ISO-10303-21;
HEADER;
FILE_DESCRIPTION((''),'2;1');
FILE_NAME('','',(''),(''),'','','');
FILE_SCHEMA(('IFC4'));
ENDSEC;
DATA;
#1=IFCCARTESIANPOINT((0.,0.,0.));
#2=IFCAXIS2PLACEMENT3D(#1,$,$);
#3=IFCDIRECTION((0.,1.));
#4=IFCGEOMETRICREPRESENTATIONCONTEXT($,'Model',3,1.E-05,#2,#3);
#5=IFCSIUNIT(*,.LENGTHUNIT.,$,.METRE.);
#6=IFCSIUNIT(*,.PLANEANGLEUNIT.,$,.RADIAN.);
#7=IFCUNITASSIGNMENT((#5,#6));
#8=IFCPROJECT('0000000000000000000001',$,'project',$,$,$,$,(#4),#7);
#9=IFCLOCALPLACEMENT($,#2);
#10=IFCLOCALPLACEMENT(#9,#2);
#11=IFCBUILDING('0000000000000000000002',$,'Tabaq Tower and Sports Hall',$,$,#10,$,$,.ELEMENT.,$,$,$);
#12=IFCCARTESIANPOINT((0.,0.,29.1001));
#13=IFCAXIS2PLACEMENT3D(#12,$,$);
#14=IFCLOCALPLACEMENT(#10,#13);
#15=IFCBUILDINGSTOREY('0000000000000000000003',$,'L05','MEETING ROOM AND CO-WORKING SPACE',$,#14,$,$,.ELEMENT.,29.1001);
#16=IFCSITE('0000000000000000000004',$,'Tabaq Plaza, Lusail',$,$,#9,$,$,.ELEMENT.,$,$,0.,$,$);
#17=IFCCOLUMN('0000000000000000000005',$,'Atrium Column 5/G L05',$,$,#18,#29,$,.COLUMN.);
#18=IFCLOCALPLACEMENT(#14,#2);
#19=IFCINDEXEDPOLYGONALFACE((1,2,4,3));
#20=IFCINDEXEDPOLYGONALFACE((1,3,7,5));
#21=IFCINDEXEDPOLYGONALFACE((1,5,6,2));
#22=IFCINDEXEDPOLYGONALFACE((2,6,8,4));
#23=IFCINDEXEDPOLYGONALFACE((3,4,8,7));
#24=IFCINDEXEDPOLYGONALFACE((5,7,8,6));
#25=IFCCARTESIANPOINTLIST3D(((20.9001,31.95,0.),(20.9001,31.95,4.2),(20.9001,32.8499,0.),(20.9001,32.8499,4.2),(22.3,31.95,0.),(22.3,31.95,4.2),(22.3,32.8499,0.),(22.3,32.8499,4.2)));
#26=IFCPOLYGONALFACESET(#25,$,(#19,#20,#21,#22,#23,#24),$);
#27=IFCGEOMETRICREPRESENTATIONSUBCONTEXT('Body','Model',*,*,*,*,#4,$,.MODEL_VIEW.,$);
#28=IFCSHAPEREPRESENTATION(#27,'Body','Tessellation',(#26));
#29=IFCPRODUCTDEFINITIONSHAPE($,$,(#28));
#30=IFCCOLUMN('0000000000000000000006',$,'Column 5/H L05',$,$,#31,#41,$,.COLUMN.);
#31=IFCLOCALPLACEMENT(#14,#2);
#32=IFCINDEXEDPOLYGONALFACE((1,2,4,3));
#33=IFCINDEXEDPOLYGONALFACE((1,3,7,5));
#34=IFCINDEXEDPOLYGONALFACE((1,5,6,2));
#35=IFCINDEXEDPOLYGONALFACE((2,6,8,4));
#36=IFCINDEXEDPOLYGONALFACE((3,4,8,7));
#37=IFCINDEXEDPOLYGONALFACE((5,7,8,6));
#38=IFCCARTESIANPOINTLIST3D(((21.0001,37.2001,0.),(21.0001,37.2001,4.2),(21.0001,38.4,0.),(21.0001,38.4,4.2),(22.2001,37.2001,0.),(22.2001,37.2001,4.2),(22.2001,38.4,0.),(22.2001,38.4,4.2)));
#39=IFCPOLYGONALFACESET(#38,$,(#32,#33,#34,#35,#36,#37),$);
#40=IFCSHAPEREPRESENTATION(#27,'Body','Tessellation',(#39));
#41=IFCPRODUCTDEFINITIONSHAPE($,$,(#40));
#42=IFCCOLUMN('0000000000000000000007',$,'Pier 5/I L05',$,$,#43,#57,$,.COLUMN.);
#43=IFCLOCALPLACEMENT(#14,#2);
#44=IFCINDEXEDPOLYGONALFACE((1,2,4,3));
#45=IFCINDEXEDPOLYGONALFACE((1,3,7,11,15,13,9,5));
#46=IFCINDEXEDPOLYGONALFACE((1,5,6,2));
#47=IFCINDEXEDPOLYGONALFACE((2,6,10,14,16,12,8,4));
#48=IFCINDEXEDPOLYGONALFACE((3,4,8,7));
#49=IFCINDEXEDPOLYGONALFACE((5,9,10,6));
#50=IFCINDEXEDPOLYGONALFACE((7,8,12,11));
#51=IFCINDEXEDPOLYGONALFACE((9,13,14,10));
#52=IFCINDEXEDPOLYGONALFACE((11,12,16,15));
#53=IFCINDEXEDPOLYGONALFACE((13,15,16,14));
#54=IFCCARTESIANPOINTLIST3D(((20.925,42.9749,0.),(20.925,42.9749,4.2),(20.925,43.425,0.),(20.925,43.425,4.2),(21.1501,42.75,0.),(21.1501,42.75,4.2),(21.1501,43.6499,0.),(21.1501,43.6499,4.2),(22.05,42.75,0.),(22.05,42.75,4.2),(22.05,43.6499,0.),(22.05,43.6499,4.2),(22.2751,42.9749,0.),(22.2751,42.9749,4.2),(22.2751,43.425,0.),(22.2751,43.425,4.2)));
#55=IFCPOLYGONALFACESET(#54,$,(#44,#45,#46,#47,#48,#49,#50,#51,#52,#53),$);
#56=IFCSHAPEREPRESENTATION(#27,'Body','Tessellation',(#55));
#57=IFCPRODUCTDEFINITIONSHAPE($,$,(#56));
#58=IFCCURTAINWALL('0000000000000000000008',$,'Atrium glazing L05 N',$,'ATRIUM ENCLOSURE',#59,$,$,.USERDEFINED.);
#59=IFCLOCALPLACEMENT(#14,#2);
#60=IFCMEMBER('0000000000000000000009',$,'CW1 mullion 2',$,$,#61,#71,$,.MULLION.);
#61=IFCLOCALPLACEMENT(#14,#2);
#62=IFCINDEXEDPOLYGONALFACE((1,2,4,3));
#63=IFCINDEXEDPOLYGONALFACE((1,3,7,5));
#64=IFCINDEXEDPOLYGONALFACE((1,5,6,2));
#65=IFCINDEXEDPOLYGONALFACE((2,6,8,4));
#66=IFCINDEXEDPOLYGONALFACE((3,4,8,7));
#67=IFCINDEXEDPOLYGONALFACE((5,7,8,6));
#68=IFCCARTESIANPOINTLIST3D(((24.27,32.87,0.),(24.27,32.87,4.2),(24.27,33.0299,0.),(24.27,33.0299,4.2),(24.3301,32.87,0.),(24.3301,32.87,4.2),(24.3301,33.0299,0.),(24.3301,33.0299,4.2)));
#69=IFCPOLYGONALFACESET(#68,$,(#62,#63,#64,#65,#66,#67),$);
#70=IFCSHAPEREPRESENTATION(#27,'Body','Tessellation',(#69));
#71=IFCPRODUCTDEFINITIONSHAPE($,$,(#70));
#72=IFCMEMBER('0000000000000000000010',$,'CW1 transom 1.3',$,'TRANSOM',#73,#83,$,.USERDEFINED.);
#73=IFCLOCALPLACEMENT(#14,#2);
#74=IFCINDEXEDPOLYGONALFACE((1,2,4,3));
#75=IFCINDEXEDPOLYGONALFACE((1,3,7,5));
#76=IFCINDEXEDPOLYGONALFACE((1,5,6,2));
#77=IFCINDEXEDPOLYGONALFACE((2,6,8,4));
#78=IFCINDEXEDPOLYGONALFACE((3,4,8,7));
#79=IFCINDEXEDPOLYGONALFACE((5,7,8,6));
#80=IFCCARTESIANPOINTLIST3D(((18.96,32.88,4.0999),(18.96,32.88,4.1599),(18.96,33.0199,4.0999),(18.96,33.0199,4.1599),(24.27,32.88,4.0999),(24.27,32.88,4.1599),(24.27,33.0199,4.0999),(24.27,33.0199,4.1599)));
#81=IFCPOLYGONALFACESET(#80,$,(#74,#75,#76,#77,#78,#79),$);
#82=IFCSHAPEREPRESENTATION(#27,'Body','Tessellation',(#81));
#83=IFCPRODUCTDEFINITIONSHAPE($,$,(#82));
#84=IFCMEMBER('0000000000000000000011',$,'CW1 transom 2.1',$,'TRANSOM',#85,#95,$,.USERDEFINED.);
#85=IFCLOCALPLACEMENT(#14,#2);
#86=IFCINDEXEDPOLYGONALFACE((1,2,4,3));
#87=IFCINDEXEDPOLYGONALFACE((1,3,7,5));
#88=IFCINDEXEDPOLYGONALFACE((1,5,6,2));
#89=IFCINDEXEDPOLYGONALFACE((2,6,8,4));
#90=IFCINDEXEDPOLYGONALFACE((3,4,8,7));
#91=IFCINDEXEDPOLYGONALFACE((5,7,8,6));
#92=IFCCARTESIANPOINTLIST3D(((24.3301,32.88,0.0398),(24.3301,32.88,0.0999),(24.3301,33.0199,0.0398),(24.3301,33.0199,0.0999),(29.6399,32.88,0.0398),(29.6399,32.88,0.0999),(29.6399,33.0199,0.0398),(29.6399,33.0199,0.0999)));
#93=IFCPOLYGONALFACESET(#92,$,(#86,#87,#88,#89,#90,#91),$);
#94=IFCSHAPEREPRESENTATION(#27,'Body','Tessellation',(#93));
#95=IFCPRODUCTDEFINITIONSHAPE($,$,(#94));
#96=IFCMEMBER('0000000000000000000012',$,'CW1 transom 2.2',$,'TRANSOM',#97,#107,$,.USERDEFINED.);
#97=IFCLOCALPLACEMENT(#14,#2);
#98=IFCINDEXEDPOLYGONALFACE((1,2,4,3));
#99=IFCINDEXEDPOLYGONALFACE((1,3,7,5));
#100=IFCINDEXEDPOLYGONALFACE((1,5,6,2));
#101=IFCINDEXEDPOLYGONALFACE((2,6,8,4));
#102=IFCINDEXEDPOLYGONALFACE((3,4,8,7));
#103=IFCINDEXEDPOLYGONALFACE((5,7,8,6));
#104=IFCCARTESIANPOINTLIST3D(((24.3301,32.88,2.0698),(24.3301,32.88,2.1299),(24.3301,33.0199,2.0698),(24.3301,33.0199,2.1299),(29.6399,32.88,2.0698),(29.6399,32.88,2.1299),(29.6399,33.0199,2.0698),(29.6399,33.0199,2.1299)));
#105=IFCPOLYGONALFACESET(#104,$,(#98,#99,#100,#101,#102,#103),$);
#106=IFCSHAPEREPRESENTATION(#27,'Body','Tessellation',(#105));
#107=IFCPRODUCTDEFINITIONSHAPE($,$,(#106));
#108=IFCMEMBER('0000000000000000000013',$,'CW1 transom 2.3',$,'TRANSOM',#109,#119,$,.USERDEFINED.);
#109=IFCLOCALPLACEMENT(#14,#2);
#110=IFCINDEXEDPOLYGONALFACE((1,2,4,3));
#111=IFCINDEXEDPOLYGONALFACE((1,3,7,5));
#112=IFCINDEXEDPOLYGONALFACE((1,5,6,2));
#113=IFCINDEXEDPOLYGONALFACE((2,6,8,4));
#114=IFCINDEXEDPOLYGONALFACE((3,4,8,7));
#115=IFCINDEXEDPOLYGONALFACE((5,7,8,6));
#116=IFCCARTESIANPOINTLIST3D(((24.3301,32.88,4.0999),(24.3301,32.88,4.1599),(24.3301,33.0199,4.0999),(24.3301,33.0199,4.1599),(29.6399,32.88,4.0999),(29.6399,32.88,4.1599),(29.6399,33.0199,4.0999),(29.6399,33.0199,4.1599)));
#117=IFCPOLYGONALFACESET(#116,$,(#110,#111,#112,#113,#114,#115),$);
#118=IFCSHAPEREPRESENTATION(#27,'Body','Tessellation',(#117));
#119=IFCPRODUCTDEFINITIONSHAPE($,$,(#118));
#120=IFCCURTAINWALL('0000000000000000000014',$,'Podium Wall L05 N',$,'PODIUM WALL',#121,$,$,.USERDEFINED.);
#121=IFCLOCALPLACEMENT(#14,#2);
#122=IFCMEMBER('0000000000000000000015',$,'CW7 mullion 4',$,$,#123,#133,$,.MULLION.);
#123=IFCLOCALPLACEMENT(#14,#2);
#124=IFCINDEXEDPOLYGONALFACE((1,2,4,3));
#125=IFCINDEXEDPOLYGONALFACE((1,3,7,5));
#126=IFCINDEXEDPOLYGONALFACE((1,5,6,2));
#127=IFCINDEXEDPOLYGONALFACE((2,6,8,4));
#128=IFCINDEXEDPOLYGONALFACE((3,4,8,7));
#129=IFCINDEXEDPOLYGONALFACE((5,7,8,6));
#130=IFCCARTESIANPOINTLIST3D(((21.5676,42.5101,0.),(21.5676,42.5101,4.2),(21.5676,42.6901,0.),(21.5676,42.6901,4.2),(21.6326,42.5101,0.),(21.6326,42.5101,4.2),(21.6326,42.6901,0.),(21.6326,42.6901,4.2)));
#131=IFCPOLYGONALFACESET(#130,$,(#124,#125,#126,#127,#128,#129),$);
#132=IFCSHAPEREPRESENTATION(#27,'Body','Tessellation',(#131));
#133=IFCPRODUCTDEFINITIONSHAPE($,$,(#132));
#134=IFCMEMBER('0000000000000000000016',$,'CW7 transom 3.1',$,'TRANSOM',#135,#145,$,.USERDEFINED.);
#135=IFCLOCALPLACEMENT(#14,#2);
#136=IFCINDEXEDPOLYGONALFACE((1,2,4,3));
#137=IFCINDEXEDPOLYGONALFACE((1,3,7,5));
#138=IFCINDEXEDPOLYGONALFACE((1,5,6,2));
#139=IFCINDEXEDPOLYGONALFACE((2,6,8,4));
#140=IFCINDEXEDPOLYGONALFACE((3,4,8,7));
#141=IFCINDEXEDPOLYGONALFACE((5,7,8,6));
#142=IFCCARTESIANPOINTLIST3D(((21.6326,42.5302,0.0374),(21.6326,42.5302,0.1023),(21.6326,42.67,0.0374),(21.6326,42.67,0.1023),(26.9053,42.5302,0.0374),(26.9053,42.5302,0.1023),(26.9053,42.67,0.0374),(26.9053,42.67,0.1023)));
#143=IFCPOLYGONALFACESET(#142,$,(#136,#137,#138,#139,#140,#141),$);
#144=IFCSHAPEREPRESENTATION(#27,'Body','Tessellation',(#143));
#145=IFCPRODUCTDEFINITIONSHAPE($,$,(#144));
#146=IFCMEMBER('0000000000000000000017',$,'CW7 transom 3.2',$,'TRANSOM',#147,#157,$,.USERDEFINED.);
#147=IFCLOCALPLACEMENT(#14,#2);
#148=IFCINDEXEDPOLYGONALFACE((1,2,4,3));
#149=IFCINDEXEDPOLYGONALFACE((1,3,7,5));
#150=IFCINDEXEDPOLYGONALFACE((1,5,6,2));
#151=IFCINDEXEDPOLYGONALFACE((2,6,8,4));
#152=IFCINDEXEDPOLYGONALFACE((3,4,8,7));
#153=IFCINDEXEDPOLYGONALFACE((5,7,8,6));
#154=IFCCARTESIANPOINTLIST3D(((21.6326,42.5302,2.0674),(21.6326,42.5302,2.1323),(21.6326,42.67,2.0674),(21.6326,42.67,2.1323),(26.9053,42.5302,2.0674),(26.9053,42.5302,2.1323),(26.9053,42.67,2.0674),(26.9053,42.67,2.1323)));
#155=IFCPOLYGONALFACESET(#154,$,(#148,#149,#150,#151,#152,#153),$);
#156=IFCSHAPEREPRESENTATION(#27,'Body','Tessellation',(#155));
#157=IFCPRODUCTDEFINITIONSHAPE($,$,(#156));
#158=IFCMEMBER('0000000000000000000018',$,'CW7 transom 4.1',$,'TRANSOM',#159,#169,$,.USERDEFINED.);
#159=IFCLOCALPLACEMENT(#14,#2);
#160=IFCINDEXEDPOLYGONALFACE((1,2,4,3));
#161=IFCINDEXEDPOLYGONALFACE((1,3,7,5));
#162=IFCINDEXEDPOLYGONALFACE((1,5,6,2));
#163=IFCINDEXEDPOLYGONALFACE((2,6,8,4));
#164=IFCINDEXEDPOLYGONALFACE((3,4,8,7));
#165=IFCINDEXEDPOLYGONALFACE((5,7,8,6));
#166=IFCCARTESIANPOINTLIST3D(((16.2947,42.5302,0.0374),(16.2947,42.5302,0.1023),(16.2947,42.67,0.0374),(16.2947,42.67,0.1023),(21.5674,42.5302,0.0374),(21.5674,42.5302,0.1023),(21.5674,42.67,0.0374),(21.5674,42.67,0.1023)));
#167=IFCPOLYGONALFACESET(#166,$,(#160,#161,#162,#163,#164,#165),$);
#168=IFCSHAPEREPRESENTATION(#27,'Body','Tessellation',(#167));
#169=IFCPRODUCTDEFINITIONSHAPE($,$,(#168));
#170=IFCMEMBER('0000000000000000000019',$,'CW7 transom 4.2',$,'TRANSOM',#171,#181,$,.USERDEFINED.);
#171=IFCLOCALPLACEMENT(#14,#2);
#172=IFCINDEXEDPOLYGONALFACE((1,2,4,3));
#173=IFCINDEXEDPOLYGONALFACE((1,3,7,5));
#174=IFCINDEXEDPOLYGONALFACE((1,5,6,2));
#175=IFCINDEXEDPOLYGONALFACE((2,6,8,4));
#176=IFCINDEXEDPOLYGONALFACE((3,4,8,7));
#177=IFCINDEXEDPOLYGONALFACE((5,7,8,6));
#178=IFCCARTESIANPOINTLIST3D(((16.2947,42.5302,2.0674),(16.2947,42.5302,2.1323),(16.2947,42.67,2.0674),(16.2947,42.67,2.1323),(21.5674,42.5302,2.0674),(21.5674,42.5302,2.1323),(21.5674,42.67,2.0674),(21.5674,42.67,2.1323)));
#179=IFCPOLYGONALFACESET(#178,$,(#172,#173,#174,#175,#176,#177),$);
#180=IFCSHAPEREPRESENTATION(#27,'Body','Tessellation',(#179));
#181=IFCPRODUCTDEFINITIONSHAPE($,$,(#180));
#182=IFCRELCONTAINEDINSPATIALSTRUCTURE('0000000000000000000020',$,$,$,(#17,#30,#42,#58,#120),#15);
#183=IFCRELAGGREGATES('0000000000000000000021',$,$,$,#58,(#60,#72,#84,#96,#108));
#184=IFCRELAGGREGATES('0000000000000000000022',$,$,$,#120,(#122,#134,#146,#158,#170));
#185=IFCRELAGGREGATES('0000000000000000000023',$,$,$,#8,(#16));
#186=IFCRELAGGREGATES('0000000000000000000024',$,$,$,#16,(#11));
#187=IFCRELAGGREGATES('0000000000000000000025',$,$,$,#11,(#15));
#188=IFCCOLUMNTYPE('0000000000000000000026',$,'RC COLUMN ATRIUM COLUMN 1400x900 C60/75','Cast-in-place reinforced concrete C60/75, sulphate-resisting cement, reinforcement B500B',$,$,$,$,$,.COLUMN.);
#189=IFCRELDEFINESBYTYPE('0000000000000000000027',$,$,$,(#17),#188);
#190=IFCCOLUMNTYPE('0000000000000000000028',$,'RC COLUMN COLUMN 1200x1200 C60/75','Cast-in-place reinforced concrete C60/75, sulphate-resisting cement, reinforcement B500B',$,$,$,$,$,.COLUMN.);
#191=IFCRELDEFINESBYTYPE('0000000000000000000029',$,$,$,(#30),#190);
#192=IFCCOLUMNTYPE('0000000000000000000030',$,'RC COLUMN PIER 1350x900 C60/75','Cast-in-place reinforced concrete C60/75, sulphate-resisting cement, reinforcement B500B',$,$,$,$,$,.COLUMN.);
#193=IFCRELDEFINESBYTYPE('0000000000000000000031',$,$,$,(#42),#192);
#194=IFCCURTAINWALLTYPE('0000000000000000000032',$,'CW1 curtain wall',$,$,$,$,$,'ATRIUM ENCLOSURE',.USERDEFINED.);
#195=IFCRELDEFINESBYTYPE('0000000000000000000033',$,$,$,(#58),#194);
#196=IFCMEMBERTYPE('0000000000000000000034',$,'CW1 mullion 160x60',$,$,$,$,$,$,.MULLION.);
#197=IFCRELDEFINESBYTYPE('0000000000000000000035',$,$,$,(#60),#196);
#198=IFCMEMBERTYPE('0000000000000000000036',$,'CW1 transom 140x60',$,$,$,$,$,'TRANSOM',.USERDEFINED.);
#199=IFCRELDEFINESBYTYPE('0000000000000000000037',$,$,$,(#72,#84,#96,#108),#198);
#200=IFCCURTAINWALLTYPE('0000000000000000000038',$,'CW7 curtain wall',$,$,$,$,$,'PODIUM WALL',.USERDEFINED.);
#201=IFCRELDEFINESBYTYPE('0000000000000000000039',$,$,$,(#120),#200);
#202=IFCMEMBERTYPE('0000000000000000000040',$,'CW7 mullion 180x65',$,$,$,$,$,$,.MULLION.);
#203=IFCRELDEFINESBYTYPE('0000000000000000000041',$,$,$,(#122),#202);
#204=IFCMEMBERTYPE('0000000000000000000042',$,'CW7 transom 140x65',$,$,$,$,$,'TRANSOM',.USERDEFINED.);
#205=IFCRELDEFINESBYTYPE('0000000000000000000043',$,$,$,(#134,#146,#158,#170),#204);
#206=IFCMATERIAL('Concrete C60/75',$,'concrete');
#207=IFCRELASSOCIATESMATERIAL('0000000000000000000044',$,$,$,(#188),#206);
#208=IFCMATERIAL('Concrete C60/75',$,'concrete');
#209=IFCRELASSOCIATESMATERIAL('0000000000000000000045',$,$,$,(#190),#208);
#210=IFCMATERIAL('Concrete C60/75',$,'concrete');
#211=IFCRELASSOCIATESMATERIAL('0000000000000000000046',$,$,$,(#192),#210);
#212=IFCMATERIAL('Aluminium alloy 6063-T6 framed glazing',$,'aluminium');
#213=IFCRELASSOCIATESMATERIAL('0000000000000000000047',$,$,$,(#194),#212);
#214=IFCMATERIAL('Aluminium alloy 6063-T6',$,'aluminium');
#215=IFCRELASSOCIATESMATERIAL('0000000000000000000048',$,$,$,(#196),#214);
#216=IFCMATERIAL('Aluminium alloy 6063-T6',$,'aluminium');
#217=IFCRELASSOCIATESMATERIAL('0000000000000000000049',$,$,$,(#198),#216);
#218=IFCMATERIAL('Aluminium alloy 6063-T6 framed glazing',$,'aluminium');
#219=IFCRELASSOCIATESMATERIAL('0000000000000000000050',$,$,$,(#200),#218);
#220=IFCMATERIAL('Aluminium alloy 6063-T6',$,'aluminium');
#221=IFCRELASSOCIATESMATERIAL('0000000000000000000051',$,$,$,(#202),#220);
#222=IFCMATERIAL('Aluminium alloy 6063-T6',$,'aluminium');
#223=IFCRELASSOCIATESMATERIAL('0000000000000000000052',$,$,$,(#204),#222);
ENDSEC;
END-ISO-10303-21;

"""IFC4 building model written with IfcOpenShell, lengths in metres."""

from ifc_helpers import new_model, si_unit, direction, frame, origin, origin_2d, place, context, subcontext, project, spatial, polyline, rectangle, outline, extrude, material, material_profile, profile_set, type_object, element, aggregate, save


model = new_model("IFC4")

# Units and contexts
model_context = context("Model", 3, precision=1e-05, world=origin(), true_north=direction((0.0, 1.0)))
body_context = subcontext(model_context, "Body", "Model", "MODEL_VIEW")
ifc_project = project(units=[si_unit("LENGTHUNIT", "METRE"), si_unit("PLANEANGLEUNIT", "RADIAN")], contexts=[model_context])

# Site, building, storey
site_placement = place(None, origin())
site = spatial("IfcSite", under=ifc_project, at=site_placement, Name="Tabaq Plaza, Lusail", CompositionType="ELEMENT", RefElevation=0.0)
building_placement = place(site_placement, origin())
building = spatial("IfcBuilding", under=site, at=building_placement, Name="Tabaq Tower and Sports Hall", CompositionType="ELEMENT")
storey_placement = place(building_placement, frame((0.0, 0.0, 29.1001)))
storey = spatial("IfcBuildingStorey", under=building, at=storey_placement, Name="L05", Description="MEETING ROOM AND CO-WORKING SPACE", CompositionType="ELEMENT", Elevation=29.1001)

# Columns
ifc_material_1 = material(Name="Concrete C60/75", Category="concrete")
ifc_material_profile_1 = material_profile(ifc_material_1, rectangle(XDim=1.3999, YDim=0.8999, at=origin_2d()), Name="ATRIUM COLUMN 1400x900")
ifc_profile_set_1 = profile_set([ifc_material_profile_1], Name="Concrete C60/75")
column_type_1 = type_object("IfcColumnType", Name="RC COLUMN ATRIUM COLUMN 1400x900 C60/75", Description="Cast-in-place reinforced concrete C60/75, sulphate-resisting cement, reinforcement B500B", PredefinedType="COLUMN", material=ifc_profile_set_1)
column_1_placement = place(storey_placement, frame((21.6001, 32.3999, 0.0), z_axis=(0.0, 0.0, 1.0), x_axis=(1.0, 0.0, 0.0)))
element("IfcColumn", 1, at=column_1_placement, inside=storey, type_object=column_type_1, Name="Atrium Column 5/G L05", PredefinedType="COLUMN", context=body_context, shape_type="SweptSolid", body=[
    extrude(rectangle(XDim=1.3999, YDim=0.8999, at=origin_2d()), origin(), (0.0, 0.0, 1.0), 4.2),
])
ifc_material_2 = material(Name="Concrete C60/75", Category="concrete")
ifc_material_profile_2 = material_profile(ifc_material_2, rectangle(XDim=1.2, YDim=1.2, at=origin_2d()), Name="COLUMN 1200x1200")
ifc_profile_set_2 = profile_set([ifc_material_profile_2], Name="Concrete C60/75")
column_type_2 = type_object("IfcColumnType", Name="RC COLUMN COLUMN 1200x1200 C60/75", Description="Cast-in-place reinforced concrete C60/75, sulphate-resisting cement, reinforcement B500B", PredefinedType="COLUMN", material=ifc_profile_set_2)
column_2_placement = place(storey_placement, frame((21.6001, 37.8, 0.0), z_axis=(0.0, 0.0, 1.0), x_axis=(1.0, 0.0, 0.0)))
element("IfcColumn", 2, at=column_2_placement, inside=storey, type_object=column_type_2, Name="Column 5/H L05", PredefinedType="COLUMN", context=body_context, shape_type="SweptSolid", body=[
    extrude(rectangle(XDim=1.2, YDim=1.2, at=origin_2d()), origin(), (0.0, 0.0, 1.0), 4.2),
])
ifc_material_3 = material(Name="Concrete C60/75", Category="concrete")
ifc_material_profile_3 = material_profile(ifc_material_3, outline(polyline([(-0.45, -0.45), (0.45, -0.45), (0.675, -0.2251), (0.675, 0.2251), (0.45, 0.45), (-0.45, 0.45), (-0.675, 0.2251), (-0.675, -0.2251), (-0.45, -0.45)])), Name="PIER 1350x900")
ifc_profile_set_3 = profile_set([ifc_material_profile_3], Name="Concrete C60/75")
column_type_3 = type_object("IfcColumnType", Name="RC COLUMN PIER 1350x900 C60/75", Description="Cast-in-place reinforced concrete C60/75, sulphate-resisting cement, reinforcement B500B", PredefinedType="COLUMN", material=ifc_profile_set_3)
column_3_placement = place(storey_placement, frame((21.6001, 43.2, 0.0), z_axis=(0.0, 0.0, 1.0), x_axis=(1.0, 0.0, 0.0)))
element("IfcColumn", 3, at=column_3_placement, inside=storey, type_object=column_type_3, Name="Pier 5/I L05", PredefinedType="COLUMN", context=body_context, shape_type="SweptSolid", body=[
    extrude(outline(polyline([(-0.45, -0.45), (0.45, -0.45), (0.675, -0.2251), (0.675, 0.2251), (0.45, 0.45), (-0.45, 0.45), (-0.675, 0.2251), (-0.675, -0.2251), (-0.45, -0.45)])), origin(), (0.0, 0.0, 1.0), 4.2),
])

# Curtain walls, members
ifc_material_4 = material(Name="Aluminium alloy 6063-T6 framed glazing", Category="aluminium")
curtain_wall_type_1 = type_object("IfcCurtainWallType", Name="CW1 curtain wall", ElementType="ATRIUM ENCLOSURE", PredefinedType="USERDEFINED", material=ifc_material_4)
curtain_wall_1_placement = place(storey_placement, origin())
curtain_wall_1 = element("IfcCurtainWall", 4, at=curtain_wall_1_placement, inside=storey, type_object=curtain_wall_type_1, Name="Atrium glazing L05 N", ObjectType="ATRIUM ENCLOSURE", PredefinedType="USERDEFINED")
ifc_material_5 = material(Name="Aluminium alloy 6063-T6", Category="aluminium")
ifc_material_profile_4 = material_profile(ifc_material_5, rectangle(XDim=0.1599, YDim=0.0601, at=origin_2d()), Name="MULLION 160x60")
ifc_profile_set_4 = profile_set([ifc_material_profile_4], Name="Aluminium alloy 6063-T6")
member_type_1 = type_object("IfcMemberType", Name="CW1 mullion 160x60", PredefinedType="MULLION", material=ifc_profile_set_4)
member_1_placement = place(storey_placement, frame((24.3, 32.95, 0.0), z_axis=(0.0, 0.0, 1.0), x_axis=(0.0, 1.0, 0.0)))
member_1 = element("IfcMember", 5, at=member_1_placement, type_object=member_type_1, Name="CW1 mullion 2", PredefinedType="MULLION", context=body_context, shape_type="SweptSolid", body=[
    extrude(rectangle(XDim=0.1599, YDim=0.0601, at=origin_2d()), origin(), (0.0, 0.0, 1.0), 4.2),
])
ifc_material_6 = material(Name="Aluminium alloy 6063-T6", Category="aluminium")
ifc_material_profile_5 = material_profile(ifc_material_6, rectangle(XDim=0.1399, YDim=0.0601, at=origin_2d()), Name="TRANSOM 140x60")
ifc_profile_set_5 = profile_set([ifc_material_profile_5], Name="Aluminium alloy 6063-T6")
member_type_2 = type_object("IfcMemberType", Name="CW1 transom 140x60", ElementType="TRANSOM", PredefinedType="USERDEFINED", material=ifc_profile_set_5)
member_2_placement = place(storey_placement, frame((18.96, 32.95, 4.1299), z_axis=(1.0, 0.0, 0.0), x_axis=(0.0, 1.0, 0.0)))
member_2 = element("IfcMember", 6, at=member_2_placement, type_object=member_type_2, Name="CW1 transom 1.3", ObjectType="TRANSOM", PredefinedType="USERDEFINED", context=body_context, shape_type="SweptSolid", body=[
    extrude(rectangle(XDim=0.1399, YDim=0.0601, at=origin_2d()), origin(), (0.0, 0.0, 1.0), 5.3101),
])
member_3_placement = place(storey_placement, frame((24.3301, 32.95, 0.0698), z_axis=(1.0, 0.0, 0.0), x_axis=(0.0, 1.0, 0.0)))
member_3 = element("IfcMember", 7, at=member_3_placement, type_object=member_type_2, Name="CW1 transom 2.1", ObjectType="TRANSOM", PredefinedType="USERDEFINED", context=body_context, shape_type="SweptSolid", body=[
    extrude(rectangle(XDim=0.1399, YDim=0.0601, at=origin_2d()), origin(), (0.0, 0.0, 1.0), 5.3098),
])
member_4_placement = place(storey_placement, frame((24.3301, 32.95, 2.0999), z_axis=(1.0, 0.0, 0.0), x_axis=(0.0, 1.0, 0.0)))
member_4 = element("IfcMember", 8, at=member_4_placement, type_object=member_type_2, Name="CW1 transom 2.2", ObjectType="TRANSOM", PredefinedType="USERDEFINED", context=body_context, shape_type="SweptSolid", body=[
    extrude(rectangle(XDim=0.1399, YDim=0.0601, at=origin_2d()), origin(), (0.0, 0.0, 1.0), 5.3098),
])
member_5_placement = place(storey_placement, frame((24.3301, 32.95, 4.1299), z_axis=(1.0, 0.0, 0.0), x_axis=(0.0, 1.0, 0.0)))
member_5 = element("IfcMember", 9, at=member_5_placement, type_object=member_type_2, Name="CW1 transom 2.3", ObjectType="TRANSOM", PredefinedType="USERDEFINED", context=body_context, shape_type="SweptSolid", body=[
    extrude(rectangle(XDim=0.1399, YDim=0.0601, at=origin_2d()), origin(), (0.0, 0.0, 1.0), 5.3098),
])
ifc_material_7 = material(Name="Aluminium alloy 6063-T6 framed glazing", Category="aluminium")
curtain_wall_type_2 = type_object("IfcCurtainWallType", Name="CW7 curtain wall", ElementType="PODIUM WALL", PredefinedType="USERDEFINED", material=ifc_material_7)
curtain_wall_2_placement = place(storey_placement, origin())
curtain_wall_2 = element("IfcCurtainWall", 10, at=curtain_wall_2_placement, inside=storey, type_object=curtain_wall_type_2, Name="Podium Wall L05 N", ObjectType="PODIUM WALL", PredefinedType="USERDEFINED")
ifc_material_8 = material(Name="Aluminium alloy 6063-T6", Category="aluminium")
ifc_material_profile_6 = material_profile(ifc_material_8, rectangle(XDim=0.1799, YDim=0.0649, at=origin_2d()), Name="MULLION 180x65")
ifc_profile_set_6 = profile_set([ifc_material_profile_6], Name="Aluminium alloy 6063-T6")
member_type_3 = type_object("IfcMemberType", Name="CW7 mullion 180x65", PredefinedType="MULLION", material=ifc_profile_set_6)
member_6_placement = place(storey_placement, frame((21.6001, 42.6001, 0.0), z_axis=(0.0, 0.0, 1.0), x_axis=(0.0, -1.0, 0.0)))
member_6 = element("IfcMember", 11, at=member_6_placement, type_object=member_type_3, Name="CW7 mullion 4", PredefinedType="MULLION", context=body_context, shape_type="SweptSolid", body=[
    extrude(rectangle(XDim=0.1799, YDim=0.0649, at=origin_2d()), origin(), (0.0, 0.0, 1.0), 4.2),
])
ifc_material_9 = material(Name="Aluminium alloy 6063-T6", Category="aluminium")
ifc_material_profile_7 = material_profile(ifc_material_9, rectangle(XDim=0.1399, YDim=0.0649, at=origin_2d()), Name="TRANSOM 140x65")
ifc_profile_set_7 = profile_set([ifc_material_profile_7], Name="Aluminium alloy 6063-T6")
member_type_4 = type_object("IfcMemberType", Name="CW7 transom 140x65", ElementType="TRANSOM", PredefinedType="USERDEFINED", material=ifc_profile_set_7)
member_7_placement = place(storey_placement, frame((26.9053, 42.6001, 0.0698), z_axis=(-1.0, 0.0, 0.0), x_axis=(0.0, -1.0, 0.0)))
member_7 = element("IfcMember", 12, at=member_7_placement, type_object=member_type_4, Name="CW7 transom 3.1", ObjectType="TRANSOM", PredefinedType="USERDEFINED", context=body_context, shape_type="SweptSolid", body=[
    extrude(rectangle(XDim=0.1399, YDim=0.0649, at=origin_2d()), origin(), (0.0, 0.0, 1.0), 5.2727),
])
member_8_placement = place(storey_placement, frame((26.9053, 42.6001, 2.0999), z_axis=(-1.0, 0.0, 0.0), x_axis=(0.0, -1.0, 0.0)))
member_8 = element("IfcMember", 13, at=member_8_placement, type_object=member_type_4, Name="CW7 transom 3.2", ObjectType="TRANSOM", PredefinedType="USERDEFINED", context=body_context, shape_type="SweptSolid", body=[
    extrude(rectangle(XDim=0.1399, YDim=0.0649, at=origin_2d()), origin(), (0.0, 0.0, 1.0), 5.2727),
])
member_9_placement = place(storey_placement, frame((21.5674, 42.6001, 0.0698), z_axis=(-1.0, 0.0, 0.0), x_axis=(0.0, -1.0, 0.0)))
member_9 = element("IfcMember", 14, at=member_9_placement, type_object=member_type_4, Name="CW7 transom 4.1", ObjectType="TRANSOM", PredefinedType="USERDEFINED", context=body_context, shape_type="SweptSolid", body=[
    extrude(rectangle(XDim=0.1399, YDim=0.0649, at=origin_2d()), origin(), (0.0, 0.0, 1.0), 5.2727),
])
member_10_placement = place(storey_placement, frame((21.5674, 42.6001, 2.0999), z_axis=(-1.0, 0.0, 0.0), x_axis=(0.0, -1.0, 0.0)))
member_10 = element("IfcMember", 15, at=member_10_placement, type_object=member_type_4, Name="CW7 transom 4.2", ObjectType="TRANSOM", PredefinedType="USERDEFINED", context=body_context, shape_type="SweptSolid", body=[
    extrude(rectangle(XDim=0.1399, YDim=0.0649, at=origin_2d()), origin(), (0.0, 0.0, 1.0), 5.2727),
])

aggregate(curtain_wall_1, [member_1, member_2, member_3, member_4, member_5])
aggregate(curtain_wall_2, [member_6, member_7, member_8, member_9, member_10])

save(model, "model.ifc")
